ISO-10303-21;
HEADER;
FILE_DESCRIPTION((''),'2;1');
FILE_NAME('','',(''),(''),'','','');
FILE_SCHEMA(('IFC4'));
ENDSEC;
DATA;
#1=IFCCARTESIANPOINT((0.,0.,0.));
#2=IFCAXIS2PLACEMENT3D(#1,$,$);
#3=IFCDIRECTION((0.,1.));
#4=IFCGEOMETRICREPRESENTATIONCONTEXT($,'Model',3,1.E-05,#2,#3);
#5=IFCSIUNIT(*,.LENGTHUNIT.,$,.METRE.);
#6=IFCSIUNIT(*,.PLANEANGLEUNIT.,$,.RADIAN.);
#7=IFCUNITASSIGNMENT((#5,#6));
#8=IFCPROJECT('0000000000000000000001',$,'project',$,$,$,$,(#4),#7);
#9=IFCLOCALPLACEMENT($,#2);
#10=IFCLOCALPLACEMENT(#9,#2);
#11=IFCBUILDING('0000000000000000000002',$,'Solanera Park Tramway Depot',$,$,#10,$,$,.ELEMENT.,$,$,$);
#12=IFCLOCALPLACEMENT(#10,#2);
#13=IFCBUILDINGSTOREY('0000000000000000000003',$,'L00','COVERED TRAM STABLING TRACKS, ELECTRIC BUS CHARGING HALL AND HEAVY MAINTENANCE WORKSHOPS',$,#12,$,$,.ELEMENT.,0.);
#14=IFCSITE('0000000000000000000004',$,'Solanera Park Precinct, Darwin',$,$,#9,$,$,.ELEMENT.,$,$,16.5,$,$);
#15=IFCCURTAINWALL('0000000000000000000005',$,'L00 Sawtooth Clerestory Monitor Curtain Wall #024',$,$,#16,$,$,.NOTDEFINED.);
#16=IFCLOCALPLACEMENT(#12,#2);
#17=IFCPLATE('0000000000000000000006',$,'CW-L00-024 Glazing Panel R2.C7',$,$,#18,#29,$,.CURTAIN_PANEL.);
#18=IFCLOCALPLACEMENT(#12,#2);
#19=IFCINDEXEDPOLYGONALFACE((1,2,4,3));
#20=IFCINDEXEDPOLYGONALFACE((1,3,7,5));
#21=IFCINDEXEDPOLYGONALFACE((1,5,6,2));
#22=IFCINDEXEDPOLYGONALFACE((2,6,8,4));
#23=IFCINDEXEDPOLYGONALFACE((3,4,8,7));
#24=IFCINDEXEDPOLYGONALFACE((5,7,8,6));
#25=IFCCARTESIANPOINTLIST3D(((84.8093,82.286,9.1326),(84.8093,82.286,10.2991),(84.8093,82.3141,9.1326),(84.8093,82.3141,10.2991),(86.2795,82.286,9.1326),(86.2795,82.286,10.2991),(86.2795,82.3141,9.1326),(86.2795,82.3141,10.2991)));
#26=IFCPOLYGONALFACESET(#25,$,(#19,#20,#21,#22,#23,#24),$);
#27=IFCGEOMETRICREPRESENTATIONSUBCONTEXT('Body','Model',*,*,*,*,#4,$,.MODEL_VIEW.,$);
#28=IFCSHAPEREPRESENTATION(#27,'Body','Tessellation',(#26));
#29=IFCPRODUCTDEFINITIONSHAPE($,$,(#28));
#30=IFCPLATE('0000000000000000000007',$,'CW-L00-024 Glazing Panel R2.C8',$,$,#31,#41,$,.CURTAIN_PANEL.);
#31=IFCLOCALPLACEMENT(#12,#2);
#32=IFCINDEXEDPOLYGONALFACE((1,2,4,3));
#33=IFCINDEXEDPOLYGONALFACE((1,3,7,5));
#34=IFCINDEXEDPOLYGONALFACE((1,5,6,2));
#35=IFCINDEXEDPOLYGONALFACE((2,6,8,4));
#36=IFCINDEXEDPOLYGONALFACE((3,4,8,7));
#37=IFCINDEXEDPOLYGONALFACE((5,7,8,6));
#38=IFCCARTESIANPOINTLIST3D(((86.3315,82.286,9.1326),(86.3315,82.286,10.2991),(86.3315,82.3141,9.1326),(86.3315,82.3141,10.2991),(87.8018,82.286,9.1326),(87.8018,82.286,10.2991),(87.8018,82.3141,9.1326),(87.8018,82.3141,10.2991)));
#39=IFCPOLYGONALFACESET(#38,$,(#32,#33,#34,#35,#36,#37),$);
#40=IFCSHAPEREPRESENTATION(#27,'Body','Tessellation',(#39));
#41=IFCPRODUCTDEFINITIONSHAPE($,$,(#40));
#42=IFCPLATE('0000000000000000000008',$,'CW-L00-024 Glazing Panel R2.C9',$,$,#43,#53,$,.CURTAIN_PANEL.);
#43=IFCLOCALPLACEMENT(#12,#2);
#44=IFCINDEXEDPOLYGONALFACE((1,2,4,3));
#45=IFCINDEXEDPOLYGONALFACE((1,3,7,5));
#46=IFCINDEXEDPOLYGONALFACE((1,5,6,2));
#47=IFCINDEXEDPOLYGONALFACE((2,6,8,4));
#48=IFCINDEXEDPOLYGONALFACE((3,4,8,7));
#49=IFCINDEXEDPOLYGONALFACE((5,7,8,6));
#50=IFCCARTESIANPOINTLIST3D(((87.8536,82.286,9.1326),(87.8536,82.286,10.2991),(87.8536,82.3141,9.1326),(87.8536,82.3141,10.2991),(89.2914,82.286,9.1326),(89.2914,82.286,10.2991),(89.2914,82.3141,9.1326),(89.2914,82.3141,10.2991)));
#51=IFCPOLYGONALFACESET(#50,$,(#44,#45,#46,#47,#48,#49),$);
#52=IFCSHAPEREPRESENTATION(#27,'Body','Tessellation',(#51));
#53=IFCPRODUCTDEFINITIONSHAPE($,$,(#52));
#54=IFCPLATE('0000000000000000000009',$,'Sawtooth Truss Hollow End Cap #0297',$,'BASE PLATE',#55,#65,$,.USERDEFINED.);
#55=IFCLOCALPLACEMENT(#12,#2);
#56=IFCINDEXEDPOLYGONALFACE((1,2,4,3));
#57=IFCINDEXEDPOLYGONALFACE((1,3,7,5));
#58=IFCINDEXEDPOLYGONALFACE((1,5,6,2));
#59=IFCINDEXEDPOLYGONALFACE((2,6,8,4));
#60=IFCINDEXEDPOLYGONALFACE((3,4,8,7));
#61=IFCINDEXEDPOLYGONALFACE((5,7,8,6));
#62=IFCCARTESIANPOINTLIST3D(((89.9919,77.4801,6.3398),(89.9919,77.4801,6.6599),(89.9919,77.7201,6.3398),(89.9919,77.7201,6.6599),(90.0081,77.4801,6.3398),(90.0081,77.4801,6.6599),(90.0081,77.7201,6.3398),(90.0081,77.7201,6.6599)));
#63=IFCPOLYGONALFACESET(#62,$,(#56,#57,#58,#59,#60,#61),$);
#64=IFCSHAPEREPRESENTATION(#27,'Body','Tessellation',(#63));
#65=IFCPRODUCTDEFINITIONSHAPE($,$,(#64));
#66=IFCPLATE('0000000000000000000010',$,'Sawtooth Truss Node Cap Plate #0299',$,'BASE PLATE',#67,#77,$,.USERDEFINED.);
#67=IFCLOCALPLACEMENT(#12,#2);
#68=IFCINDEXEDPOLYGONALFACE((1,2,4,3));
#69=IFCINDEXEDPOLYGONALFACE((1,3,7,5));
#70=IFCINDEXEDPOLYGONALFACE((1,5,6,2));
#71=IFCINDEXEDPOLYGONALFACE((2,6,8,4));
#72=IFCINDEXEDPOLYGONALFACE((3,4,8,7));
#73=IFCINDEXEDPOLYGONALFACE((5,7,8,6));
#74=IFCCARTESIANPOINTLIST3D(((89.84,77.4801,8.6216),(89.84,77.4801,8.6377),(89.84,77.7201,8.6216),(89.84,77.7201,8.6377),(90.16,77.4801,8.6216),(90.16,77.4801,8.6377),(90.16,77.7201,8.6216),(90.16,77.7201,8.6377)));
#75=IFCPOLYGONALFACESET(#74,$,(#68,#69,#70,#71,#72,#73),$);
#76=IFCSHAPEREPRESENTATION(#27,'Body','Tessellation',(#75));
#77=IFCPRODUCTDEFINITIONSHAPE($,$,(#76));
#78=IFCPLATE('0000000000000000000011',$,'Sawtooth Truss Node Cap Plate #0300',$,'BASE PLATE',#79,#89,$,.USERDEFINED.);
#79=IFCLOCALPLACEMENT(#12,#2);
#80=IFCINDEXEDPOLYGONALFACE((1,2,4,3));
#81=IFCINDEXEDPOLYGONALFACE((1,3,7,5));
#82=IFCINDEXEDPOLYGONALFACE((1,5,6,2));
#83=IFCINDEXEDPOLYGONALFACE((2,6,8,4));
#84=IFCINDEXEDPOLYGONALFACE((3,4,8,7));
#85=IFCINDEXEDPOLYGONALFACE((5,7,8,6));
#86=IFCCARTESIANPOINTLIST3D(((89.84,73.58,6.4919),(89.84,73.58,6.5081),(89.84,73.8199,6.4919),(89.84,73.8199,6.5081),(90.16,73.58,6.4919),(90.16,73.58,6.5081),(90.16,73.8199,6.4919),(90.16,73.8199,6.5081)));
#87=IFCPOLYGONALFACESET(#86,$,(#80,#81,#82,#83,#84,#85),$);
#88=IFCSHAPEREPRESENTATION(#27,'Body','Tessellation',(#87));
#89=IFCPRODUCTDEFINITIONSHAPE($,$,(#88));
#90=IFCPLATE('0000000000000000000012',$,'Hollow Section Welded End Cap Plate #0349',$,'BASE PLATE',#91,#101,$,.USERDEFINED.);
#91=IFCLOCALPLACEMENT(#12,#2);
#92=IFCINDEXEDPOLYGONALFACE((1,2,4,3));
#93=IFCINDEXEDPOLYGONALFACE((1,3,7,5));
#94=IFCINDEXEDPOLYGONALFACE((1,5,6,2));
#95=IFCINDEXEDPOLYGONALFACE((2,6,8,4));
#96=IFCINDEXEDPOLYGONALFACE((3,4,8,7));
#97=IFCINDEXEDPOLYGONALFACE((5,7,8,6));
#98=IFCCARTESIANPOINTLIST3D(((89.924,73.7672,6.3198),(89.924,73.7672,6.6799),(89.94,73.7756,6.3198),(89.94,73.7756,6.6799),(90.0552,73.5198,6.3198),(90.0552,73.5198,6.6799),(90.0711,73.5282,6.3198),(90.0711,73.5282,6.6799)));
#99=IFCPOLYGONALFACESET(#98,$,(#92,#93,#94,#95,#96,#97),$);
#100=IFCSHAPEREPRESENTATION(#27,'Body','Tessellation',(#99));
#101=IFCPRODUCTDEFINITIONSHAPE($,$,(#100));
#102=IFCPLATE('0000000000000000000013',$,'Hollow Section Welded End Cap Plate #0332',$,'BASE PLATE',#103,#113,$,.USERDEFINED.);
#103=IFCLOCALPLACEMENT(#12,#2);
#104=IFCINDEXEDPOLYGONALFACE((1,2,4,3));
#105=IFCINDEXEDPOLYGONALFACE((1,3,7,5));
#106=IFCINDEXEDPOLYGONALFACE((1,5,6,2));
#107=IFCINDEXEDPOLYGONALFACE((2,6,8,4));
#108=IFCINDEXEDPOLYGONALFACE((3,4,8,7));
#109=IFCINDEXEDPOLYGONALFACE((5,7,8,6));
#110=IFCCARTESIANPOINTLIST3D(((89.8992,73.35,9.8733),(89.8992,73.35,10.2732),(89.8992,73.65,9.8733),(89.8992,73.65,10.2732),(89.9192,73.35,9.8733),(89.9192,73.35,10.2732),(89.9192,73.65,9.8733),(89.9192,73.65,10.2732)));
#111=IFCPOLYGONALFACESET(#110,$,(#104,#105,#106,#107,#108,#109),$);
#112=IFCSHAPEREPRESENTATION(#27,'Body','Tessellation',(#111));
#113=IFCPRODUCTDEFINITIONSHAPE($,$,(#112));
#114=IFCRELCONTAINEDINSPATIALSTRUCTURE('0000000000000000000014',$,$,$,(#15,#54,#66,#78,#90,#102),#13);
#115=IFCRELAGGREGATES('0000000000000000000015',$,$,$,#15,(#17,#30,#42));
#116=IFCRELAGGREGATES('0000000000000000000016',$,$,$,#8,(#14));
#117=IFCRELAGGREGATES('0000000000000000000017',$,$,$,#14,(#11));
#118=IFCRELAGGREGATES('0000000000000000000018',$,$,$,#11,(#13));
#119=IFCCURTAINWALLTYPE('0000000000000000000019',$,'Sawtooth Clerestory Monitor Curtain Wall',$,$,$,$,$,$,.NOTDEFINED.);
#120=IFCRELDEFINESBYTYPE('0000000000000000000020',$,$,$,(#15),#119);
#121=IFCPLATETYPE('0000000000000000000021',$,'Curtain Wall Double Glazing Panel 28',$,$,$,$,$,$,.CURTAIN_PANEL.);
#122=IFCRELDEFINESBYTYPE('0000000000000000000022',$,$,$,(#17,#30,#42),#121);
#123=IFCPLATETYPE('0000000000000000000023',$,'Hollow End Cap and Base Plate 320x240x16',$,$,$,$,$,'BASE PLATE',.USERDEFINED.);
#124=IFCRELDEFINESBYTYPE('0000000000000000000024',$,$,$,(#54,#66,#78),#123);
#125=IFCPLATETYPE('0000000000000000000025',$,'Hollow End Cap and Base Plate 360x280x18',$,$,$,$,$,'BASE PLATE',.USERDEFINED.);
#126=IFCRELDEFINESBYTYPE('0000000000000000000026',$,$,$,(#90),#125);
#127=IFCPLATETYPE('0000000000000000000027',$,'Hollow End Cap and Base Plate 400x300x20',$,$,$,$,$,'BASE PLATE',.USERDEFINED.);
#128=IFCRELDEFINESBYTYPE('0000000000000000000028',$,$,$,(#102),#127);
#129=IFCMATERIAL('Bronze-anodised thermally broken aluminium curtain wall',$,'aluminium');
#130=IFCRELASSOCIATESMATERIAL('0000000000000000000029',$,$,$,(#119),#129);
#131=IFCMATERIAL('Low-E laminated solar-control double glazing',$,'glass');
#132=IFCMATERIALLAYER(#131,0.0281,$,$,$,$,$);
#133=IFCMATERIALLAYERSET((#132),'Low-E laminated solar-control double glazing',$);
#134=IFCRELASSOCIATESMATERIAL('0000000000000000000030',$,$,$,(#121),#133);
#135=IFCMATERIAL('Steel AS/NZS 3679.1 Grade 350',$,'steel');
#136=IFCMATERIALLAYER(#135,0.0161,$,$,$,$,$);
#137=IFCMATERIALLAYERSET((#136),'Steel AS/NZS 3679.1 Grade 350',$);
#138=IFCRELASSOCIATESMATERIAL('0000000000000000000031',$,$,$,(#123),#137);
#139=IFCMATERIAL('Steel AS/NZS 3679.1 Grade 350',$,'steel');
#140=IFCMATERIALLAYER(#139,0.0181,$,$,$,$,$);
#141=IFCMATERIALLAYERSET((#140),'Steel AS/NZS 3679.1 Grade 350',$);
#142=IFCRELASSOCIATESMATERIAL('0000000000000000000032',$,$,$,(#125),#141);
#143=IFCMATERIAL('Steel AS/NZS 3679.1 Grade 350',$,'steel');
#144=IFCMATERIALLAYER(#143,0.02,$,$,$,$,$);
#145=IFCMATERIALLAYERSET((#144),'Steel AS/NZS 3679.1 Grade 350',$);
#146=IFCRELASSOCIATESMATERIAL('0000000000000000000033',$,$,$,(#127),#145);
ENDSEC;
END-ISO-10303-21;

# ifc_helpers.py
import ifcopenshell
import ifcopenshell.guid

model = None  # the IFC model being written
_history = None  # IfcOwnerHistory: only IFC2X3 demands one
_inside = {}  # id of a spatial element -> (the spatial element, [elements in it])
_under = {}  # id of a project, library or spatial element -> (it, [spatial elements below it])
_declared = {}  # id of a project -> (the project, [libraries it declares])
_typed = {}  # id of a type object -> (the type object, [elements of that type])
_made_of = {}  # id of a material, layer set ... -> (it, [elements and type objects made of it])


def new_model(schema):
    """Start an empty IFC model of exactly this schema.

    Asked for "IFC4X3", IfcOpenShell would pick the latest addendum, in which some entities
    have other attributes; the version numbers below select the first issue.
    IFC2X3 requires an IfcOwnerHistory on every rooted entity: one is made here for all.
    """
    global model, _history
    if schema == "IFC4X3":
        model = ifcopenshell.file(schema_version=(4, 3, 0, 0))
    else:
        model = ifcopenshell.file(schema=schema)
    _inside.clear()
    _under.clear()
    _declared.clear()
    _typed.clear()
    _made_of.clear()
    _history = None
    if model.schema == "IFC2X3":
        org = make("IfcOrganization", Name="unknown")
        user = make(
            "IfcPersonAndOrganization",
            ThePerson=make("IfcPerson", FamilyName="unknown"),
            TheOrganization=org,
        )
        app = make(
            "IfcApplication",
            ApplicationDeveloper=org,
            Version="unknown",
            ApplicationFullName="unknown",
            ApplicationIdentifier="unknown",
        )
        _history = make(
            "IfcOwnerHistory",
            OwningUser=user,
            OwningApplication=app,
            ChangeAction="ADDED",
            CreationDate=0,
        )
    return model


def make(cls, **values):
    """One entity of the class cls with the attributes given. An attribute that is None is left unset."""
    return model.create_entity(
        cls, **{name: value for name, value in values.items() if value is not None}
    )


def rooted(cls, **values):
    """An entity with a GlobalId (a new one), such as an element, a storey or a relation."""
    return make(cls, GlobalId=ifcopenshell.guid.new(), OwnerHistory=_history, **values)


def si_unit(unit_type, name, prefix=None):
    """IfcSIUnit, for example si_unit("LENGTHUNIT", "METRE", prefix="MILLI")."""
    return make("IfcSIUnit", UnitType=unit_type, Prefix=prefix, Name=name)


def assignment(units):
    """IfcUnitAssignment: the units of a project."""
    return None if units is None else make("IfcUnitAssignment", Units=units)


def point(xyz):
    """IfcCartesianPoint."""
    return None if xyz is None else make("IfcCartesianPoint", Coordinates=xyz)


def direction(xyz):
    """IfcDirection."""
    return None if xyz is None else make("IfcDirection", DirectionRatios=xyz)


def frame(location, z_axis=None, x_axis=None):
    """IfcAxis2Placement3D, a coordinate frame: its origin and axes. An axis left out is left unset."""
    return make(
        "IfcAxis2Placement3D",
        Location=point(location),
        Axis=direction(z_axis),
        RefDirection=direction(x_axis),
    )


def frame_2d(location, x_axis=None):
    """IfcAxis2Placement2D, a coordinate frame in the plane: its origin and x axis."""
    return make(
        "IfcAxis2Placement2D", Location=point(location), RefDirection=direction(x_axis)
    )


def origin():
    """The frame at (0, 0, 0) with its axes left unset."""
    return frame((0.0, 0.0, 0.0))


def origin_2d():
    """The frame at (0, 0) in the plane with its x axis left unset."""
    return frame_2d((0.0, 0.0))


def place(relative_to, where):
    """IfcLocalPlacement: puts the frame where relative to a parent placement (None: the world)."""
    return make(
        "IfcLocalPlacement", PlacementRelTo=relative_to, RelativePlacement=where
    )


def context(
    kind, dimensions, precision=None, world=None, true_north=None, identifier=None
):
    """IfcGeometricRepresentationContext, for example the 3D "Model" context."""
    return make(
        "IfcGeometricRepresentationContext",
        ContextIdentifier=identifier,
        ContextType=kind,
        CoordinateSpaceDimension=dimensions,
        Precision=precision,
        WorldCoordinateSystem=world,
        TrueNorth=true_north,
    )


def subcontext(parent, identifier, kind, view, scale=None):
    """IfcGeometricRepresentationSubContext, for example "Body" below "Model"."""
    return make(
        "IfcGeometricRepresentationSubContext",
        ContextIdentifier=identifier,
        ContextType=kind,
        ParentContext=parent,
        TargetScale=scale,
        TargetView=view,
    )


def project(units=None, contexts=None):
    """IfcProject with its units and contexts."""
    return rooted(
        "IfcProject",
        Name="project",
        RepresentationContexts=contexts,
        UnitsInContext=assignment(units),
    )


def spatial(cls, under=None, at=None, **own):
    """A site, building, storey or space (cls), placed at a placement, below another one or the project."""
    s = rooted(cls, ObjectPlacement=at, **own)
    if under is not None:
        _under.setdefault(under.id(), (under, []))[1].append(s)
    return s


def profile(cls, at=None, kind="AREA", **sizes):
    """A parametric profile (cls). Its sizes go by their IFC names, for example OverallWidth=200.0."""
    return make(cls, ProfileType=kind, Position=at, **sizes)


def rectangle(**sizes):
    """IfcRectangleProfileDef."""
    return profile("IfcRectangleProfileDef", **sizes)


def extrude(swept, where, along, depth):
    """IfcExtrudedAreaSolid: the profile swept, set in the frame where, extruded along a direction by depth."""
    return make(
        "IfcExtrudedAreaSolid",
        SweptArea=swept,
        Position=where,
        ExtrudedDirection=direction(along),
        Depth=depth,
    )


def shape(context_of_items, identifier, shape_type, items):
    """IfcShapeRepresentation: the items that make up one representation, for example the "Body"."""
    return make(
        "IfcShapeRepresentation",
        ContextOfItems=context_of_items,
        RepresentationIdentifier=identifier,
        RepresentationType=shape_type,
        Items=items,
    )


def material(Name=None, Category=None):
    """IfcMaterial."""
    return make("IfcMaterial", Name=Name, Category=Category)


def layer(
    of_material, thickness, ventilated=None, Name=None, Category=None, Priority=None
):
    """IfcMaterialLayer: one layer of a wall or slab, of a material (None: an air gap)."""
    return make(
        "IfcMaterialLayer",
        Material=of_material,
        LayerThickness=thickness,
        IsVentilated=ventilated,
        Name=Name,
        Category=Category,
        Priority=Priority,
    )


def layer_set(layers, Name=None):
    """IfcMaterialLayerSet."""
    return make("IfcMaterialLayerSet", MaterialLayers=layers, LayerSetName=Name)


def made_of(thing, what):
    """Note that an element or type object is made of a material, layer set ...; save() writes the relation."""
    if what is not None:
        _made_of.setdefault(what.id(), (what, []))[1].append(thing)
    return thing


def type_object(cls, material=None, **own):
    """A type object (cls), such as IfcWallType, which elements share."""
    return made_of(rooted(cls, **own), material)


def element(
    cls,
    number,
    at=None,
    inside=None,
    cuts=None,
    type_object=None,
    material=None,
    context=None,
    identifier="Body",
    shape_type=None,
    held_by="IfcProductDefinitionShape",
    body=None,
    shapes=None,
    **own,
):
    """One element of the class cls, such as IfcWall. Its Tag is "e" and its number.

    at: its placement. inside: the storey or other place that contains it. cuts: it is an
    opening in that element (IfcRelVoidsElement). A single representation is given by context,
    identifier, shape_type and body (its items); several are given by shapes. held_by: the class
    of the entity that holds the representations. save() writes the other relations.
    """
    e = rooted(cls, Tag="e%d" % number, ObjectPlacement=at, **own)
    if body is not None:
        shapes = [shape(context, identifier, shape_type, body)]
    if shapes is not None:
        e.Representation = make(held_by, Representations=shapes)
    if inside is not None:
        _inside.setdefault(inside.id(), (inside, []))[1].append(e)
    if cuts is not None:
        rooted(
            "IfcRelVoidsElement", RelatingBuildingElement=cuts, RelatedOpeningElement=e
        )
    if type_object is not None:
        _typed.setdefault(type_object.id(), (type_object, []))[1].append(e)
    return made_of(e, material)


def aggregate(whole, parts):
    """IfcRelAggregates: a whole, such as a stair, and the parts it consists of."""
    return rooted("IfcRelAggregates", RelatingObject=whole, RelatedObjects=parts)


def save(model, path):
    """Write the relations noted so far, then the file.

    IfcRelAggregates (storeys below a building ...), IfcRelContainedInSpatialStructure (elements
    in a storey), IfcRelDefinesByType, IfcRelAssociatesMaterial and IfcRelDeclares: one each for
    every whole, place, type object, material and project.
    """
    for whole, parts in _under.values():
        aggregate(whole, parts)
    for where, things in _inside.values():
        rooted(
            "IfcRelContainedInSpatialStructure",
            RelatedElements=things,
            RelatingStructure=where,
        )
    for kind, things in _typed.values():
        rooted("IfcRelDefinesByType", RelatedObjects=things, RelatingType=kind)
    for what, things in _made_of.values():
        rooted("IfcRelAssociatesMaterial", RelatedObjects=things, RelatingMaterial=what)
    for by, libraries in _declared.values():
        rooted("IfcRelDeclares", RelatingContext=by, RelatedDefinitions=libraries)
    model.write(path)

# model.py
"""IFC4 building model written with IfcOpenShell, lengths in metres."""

from ifc_helpers import new_model, si_unit, direction, frame, origin, origin_2d, place, context, subcontext, project, spatial, rectangle, extrude, material, layer, layer_set, type_object, element, aggregate, save


model = new_model("IFC4")

# Units and contexts
model_context = context("Model", 3, precision=1e-05, world=origin(), true_north=direction((0.0, 1.0)))
body_context = subcontext(model_context, "Body", "Model", "MODEL_VIEW")
ifc_project = project(units=[si_unit("LENGTHUNIT", "METRE"), si_unit("PLANEANGLEUNIT", "RADIAN")], contexts=[model_context])

# Site, building, storey
site_placement = place(None, origin())
site = spatial("IfcSite", under=ifc_project, at=site_placement, Name="Solanera Park Precinct, Darwin", CompositionType="ELEMENT", RefElevation=16.5)
building_placement = place(site_placement, origin())
building = spatial("IfcBuilding", under=site, at=building_placement, Name="Solanera Park Tramway Depot", CompositionType="ELEMENT")
storey_placement = place(building_placement, origin())
storey = spatial("IfcBuildingStorey", under=building, at=storey_placement, Name="L00", Description="COVERED TRAM STABLING TRACKS, ELECTRIC BUS CHARGING HALL AND HEAVY MAINTENANCE WORKSHOPS", CompositionType="ELEMENT", Elevation=0.0)

# Curtain wall
ifc_material_1 = material(Name="Bronze-anodised thermally broken aluminium curtain wall", Category="aluminium")
curtain_wall_type = type_object("IfcCurtainWallType", Name="Sawtooth Clerestory Monitor Curtain Wall", PredefinedType="NOTDEFINED", material=ifc_material_1)
curtain_wall_placement = place(storey_placement, origin())
curtain_wall = element("IfcCurtainWall", 1, at=curtain_wall_placement, inside=storey, type_object=curtain_wall_type, Name="L00 Sawtooth Clerestory Monitor Curtain Wall #024", PredefinedType="NOTDEFINED")

# Plates
ifc_material_2 = material(Name="Low-E laminated solar-control double glazing", Category="glass")
ifc_layer_1 = layer(ifc_material_2, 0.0281)
ifc_layer_set_1 = layer_set([ifc_layer_1], Name="Low-E laminated solar-control double glazing")
plate_type_1 = type_object("IfcPlateType", Name="Curtain Wall Double Glazing Panel 28", PredefinedType="CURTAIN_PANEL", material=ifc_layer_set_1)
plate_1_placement = place(storey_placement, frame((85.5444, 82.3, 9.1326), z_axis=(0.0, 0.0, 1.0), x_axis=(1.0, 0.0, 0.0)))
plate_1 = element("IfcPlate", 2, at=plate_1_placement, type_object=plate_type_1, Name="CW-L00-024 Glazing Panel R2.C7", PredefinedType="CURTAIN_PANEL", context=body_context, shape_type="SweptSolid", body=[
    extrude(rectangle(XDim=1.4702, YDim=0.0281, at=origin_2d()), origin(), (0.0, 0.0, 1.0), 1.1665),
])
plate_2_placement = place(storey_placement, frame((87.0667, 82.3, 9.1326), z_axis=(0.0, 0.0, 1.0), x_axis=(1.0, 0.0, 0.0)))
plate_2 = element("IfcPlate", 3, at=plate_2_placement, type_object=plate_type_1, Name="CW-L00-024 Glazing Panel R2.C8", PredefinedType="CURTAIN_PANEL", context=body_context, shape_type="SweptSolid", body=[
    extrude(rectangle(XDim=1.4702, YDim=0.0281, at=origin_2d()), origin(), (0.0, 0.0, 1.0), 1.1665),
])
plate_3_placement = place(storey_placement, frame((88.5725, 82.3, 9.1326), z_axis=(0.0, 0.0, 1.0), x_axis=(1.0, 0.0, 0.0)))
plate_3 = element("IfcPlate", 4, at=plate_3_placement, type_object=plate_type_1, Name="CW-L00-024 Glazing Panel R2.C9", PredefinedType="CURTAIN_PANEL", context=body_context, shape_type="SweptSolid", body=[
    extrude(rectangle(XDim=1.4377, YDim=0.0281, at=origin_2d()), origin(), (0.0, 0.0, 1.0), 1.1665),
])
aggregate(curtain_wall, [plate_1, plate_2, plate_3])

# Plates
ifc_material_3 = material(Name="Steel AS/NZS 3679.1 Grade 350", Category="steel")
ifc_layer_2 = layer(ifc_material_3, 0.0161)
ifc_layer_set_2 = layer_set([ifc_layer_2], Name="Steel AS/NZS 3679.1 Grade 350")
plate_type_2 = type_object("IfcPlateType", Name="Hollow End Cap and Base Plate 320x240x16", ElementType="BASE PLATE", PredefinedType="USERDEFINED", material=ifc_layer_set_2)
plate_4_placement = place(storey_placement, frame((90.0, 77.6001, 6.3398), z_axis=(0.0, 0.0, 1.0), x_axis=(1.0, 0.0, 0.0)))
element("IfcPlate", 5, at=plate_4_placement, inside=storey, type_object=plate_type_2, Name="Sawtooth Truss Hollow End Cap #0297", ObjectType="BASE PLATE", PredefinedType="USERDEFINED", context=body_context, shape_type="SweptSolid", body=[
    extrude(rectangle(XDim=0.0161, YDim=0.24, at=origin_2d()), origin(), (0.0, 0.0, 1.0), 0.3201),
])
for number, where, z_axis, x_axis, name in (
    (6, (90.0, 77.6001, 8.6216), (0.0, 0.0, 1.0), (1.0, 0.0, 0.0), "Sawtooth Truss Node Cap Plate #0299"),
    (7, (90.0, 73.7, 6.4919), (0.0, 0.0, 1.0), (1.0, 0.0, 0.0), "Sawtooth Truss Node Cap Plate #0300"),
):
    element("IfcPlate", number, at=place(storey_placement, frame(where, z_axis=z_axis, x_axis=x_axis)), inside=storey, type_object=plate_type_2, Name=name, ObjectType="BASE PLATE", PredefinedType="USERDEFINED", context=body_context, shape_type="SweptSolid", body=[
        extrude(rectangle(XDim=0.3201, YDim=0.24, at=origin_2d()), origin(), (0.0, 0.0, 1.0), 0.0161),
    ])
ifc_material_4 = material(Name="Steel AS/NZS 3679.1 Grade 350", Category="steel")
ifc_layer_3 = layer(ifc_material_4, 0.0181)
ifc_layer_set_3 = layer_set([ifc_layer_3], Name="Steel AS/NZS 3679.1 Grade 350")
plate_type_3 = type_object("IfcPlateType", Name="Hollow End Cap and Base Plate 360x280x18", ElementType="BASE PLATE", PredefinedType="USERDEFINED", material=ifc_layer_set_3)
plate_5_placement = place(storey_placement, frame((89.9976, 73.6477, 6.3198), z_axis=(0.0, 0.0, 1.0), x_axis=(0.883521, 0.468392, 0.0)))
element("IfcPlate", 8, at=plate_5_placement, inside=storey, type_object=plate_type_3, Name="Hollow Section Welded End Cap Plate #0349", ObjectType="BASE PLATE", PredefinedType="USERDEFINED", context=body_context, shape_type="SweptSolid", body=[
    extrude(rectangle(XDim=0.0181, YDim=0.28, at=origin_2d()), origin(), (0.0, 0.0, 1.0), 0.3601),
])
ifc_material_5 = material(Name="Steel AS/NZS 3679.1 Grade 350", Category="steel")
ifc_layer_4 = layer(ifc_material_5, 0.02)
ifc_layer_set_4 = layer_set([ifc_layer_4], Name="Steel AS/NZS 3679.1 Grade 350")
plate_type_4 = type_object("IfcPlateType", Name="Hollow End Cap and Base Plate 400x300x20", ElementType="BASE PLATE", PredefinedType="USERDEFINED", material=ifc_layer_set_4)
plate_6_placement = place(storey_placement, frame((89.9092, 73.5, 9.8733), z_axis=(0.0, 0.0, 1.0), x_axis=(1.0, 0.0, 0.0)))
element("IfcPlate", 9, at=plate_6_placement, inside=storey, type_object=plate_type_4, Name="Hollow Section Welded End Cap Plate #0332", ObjectType="BASE PLATE", PredefinedType="USERDEFINED", context=body_context, shape_type="SweptSolid", body=[
    extrude(rectangle(XDim=0.02, YDim=0.3, at=origin_2d()), origin(), (0.0, 0.0, 1.0), 0.3999),
])

save(model, "model.ifc")
